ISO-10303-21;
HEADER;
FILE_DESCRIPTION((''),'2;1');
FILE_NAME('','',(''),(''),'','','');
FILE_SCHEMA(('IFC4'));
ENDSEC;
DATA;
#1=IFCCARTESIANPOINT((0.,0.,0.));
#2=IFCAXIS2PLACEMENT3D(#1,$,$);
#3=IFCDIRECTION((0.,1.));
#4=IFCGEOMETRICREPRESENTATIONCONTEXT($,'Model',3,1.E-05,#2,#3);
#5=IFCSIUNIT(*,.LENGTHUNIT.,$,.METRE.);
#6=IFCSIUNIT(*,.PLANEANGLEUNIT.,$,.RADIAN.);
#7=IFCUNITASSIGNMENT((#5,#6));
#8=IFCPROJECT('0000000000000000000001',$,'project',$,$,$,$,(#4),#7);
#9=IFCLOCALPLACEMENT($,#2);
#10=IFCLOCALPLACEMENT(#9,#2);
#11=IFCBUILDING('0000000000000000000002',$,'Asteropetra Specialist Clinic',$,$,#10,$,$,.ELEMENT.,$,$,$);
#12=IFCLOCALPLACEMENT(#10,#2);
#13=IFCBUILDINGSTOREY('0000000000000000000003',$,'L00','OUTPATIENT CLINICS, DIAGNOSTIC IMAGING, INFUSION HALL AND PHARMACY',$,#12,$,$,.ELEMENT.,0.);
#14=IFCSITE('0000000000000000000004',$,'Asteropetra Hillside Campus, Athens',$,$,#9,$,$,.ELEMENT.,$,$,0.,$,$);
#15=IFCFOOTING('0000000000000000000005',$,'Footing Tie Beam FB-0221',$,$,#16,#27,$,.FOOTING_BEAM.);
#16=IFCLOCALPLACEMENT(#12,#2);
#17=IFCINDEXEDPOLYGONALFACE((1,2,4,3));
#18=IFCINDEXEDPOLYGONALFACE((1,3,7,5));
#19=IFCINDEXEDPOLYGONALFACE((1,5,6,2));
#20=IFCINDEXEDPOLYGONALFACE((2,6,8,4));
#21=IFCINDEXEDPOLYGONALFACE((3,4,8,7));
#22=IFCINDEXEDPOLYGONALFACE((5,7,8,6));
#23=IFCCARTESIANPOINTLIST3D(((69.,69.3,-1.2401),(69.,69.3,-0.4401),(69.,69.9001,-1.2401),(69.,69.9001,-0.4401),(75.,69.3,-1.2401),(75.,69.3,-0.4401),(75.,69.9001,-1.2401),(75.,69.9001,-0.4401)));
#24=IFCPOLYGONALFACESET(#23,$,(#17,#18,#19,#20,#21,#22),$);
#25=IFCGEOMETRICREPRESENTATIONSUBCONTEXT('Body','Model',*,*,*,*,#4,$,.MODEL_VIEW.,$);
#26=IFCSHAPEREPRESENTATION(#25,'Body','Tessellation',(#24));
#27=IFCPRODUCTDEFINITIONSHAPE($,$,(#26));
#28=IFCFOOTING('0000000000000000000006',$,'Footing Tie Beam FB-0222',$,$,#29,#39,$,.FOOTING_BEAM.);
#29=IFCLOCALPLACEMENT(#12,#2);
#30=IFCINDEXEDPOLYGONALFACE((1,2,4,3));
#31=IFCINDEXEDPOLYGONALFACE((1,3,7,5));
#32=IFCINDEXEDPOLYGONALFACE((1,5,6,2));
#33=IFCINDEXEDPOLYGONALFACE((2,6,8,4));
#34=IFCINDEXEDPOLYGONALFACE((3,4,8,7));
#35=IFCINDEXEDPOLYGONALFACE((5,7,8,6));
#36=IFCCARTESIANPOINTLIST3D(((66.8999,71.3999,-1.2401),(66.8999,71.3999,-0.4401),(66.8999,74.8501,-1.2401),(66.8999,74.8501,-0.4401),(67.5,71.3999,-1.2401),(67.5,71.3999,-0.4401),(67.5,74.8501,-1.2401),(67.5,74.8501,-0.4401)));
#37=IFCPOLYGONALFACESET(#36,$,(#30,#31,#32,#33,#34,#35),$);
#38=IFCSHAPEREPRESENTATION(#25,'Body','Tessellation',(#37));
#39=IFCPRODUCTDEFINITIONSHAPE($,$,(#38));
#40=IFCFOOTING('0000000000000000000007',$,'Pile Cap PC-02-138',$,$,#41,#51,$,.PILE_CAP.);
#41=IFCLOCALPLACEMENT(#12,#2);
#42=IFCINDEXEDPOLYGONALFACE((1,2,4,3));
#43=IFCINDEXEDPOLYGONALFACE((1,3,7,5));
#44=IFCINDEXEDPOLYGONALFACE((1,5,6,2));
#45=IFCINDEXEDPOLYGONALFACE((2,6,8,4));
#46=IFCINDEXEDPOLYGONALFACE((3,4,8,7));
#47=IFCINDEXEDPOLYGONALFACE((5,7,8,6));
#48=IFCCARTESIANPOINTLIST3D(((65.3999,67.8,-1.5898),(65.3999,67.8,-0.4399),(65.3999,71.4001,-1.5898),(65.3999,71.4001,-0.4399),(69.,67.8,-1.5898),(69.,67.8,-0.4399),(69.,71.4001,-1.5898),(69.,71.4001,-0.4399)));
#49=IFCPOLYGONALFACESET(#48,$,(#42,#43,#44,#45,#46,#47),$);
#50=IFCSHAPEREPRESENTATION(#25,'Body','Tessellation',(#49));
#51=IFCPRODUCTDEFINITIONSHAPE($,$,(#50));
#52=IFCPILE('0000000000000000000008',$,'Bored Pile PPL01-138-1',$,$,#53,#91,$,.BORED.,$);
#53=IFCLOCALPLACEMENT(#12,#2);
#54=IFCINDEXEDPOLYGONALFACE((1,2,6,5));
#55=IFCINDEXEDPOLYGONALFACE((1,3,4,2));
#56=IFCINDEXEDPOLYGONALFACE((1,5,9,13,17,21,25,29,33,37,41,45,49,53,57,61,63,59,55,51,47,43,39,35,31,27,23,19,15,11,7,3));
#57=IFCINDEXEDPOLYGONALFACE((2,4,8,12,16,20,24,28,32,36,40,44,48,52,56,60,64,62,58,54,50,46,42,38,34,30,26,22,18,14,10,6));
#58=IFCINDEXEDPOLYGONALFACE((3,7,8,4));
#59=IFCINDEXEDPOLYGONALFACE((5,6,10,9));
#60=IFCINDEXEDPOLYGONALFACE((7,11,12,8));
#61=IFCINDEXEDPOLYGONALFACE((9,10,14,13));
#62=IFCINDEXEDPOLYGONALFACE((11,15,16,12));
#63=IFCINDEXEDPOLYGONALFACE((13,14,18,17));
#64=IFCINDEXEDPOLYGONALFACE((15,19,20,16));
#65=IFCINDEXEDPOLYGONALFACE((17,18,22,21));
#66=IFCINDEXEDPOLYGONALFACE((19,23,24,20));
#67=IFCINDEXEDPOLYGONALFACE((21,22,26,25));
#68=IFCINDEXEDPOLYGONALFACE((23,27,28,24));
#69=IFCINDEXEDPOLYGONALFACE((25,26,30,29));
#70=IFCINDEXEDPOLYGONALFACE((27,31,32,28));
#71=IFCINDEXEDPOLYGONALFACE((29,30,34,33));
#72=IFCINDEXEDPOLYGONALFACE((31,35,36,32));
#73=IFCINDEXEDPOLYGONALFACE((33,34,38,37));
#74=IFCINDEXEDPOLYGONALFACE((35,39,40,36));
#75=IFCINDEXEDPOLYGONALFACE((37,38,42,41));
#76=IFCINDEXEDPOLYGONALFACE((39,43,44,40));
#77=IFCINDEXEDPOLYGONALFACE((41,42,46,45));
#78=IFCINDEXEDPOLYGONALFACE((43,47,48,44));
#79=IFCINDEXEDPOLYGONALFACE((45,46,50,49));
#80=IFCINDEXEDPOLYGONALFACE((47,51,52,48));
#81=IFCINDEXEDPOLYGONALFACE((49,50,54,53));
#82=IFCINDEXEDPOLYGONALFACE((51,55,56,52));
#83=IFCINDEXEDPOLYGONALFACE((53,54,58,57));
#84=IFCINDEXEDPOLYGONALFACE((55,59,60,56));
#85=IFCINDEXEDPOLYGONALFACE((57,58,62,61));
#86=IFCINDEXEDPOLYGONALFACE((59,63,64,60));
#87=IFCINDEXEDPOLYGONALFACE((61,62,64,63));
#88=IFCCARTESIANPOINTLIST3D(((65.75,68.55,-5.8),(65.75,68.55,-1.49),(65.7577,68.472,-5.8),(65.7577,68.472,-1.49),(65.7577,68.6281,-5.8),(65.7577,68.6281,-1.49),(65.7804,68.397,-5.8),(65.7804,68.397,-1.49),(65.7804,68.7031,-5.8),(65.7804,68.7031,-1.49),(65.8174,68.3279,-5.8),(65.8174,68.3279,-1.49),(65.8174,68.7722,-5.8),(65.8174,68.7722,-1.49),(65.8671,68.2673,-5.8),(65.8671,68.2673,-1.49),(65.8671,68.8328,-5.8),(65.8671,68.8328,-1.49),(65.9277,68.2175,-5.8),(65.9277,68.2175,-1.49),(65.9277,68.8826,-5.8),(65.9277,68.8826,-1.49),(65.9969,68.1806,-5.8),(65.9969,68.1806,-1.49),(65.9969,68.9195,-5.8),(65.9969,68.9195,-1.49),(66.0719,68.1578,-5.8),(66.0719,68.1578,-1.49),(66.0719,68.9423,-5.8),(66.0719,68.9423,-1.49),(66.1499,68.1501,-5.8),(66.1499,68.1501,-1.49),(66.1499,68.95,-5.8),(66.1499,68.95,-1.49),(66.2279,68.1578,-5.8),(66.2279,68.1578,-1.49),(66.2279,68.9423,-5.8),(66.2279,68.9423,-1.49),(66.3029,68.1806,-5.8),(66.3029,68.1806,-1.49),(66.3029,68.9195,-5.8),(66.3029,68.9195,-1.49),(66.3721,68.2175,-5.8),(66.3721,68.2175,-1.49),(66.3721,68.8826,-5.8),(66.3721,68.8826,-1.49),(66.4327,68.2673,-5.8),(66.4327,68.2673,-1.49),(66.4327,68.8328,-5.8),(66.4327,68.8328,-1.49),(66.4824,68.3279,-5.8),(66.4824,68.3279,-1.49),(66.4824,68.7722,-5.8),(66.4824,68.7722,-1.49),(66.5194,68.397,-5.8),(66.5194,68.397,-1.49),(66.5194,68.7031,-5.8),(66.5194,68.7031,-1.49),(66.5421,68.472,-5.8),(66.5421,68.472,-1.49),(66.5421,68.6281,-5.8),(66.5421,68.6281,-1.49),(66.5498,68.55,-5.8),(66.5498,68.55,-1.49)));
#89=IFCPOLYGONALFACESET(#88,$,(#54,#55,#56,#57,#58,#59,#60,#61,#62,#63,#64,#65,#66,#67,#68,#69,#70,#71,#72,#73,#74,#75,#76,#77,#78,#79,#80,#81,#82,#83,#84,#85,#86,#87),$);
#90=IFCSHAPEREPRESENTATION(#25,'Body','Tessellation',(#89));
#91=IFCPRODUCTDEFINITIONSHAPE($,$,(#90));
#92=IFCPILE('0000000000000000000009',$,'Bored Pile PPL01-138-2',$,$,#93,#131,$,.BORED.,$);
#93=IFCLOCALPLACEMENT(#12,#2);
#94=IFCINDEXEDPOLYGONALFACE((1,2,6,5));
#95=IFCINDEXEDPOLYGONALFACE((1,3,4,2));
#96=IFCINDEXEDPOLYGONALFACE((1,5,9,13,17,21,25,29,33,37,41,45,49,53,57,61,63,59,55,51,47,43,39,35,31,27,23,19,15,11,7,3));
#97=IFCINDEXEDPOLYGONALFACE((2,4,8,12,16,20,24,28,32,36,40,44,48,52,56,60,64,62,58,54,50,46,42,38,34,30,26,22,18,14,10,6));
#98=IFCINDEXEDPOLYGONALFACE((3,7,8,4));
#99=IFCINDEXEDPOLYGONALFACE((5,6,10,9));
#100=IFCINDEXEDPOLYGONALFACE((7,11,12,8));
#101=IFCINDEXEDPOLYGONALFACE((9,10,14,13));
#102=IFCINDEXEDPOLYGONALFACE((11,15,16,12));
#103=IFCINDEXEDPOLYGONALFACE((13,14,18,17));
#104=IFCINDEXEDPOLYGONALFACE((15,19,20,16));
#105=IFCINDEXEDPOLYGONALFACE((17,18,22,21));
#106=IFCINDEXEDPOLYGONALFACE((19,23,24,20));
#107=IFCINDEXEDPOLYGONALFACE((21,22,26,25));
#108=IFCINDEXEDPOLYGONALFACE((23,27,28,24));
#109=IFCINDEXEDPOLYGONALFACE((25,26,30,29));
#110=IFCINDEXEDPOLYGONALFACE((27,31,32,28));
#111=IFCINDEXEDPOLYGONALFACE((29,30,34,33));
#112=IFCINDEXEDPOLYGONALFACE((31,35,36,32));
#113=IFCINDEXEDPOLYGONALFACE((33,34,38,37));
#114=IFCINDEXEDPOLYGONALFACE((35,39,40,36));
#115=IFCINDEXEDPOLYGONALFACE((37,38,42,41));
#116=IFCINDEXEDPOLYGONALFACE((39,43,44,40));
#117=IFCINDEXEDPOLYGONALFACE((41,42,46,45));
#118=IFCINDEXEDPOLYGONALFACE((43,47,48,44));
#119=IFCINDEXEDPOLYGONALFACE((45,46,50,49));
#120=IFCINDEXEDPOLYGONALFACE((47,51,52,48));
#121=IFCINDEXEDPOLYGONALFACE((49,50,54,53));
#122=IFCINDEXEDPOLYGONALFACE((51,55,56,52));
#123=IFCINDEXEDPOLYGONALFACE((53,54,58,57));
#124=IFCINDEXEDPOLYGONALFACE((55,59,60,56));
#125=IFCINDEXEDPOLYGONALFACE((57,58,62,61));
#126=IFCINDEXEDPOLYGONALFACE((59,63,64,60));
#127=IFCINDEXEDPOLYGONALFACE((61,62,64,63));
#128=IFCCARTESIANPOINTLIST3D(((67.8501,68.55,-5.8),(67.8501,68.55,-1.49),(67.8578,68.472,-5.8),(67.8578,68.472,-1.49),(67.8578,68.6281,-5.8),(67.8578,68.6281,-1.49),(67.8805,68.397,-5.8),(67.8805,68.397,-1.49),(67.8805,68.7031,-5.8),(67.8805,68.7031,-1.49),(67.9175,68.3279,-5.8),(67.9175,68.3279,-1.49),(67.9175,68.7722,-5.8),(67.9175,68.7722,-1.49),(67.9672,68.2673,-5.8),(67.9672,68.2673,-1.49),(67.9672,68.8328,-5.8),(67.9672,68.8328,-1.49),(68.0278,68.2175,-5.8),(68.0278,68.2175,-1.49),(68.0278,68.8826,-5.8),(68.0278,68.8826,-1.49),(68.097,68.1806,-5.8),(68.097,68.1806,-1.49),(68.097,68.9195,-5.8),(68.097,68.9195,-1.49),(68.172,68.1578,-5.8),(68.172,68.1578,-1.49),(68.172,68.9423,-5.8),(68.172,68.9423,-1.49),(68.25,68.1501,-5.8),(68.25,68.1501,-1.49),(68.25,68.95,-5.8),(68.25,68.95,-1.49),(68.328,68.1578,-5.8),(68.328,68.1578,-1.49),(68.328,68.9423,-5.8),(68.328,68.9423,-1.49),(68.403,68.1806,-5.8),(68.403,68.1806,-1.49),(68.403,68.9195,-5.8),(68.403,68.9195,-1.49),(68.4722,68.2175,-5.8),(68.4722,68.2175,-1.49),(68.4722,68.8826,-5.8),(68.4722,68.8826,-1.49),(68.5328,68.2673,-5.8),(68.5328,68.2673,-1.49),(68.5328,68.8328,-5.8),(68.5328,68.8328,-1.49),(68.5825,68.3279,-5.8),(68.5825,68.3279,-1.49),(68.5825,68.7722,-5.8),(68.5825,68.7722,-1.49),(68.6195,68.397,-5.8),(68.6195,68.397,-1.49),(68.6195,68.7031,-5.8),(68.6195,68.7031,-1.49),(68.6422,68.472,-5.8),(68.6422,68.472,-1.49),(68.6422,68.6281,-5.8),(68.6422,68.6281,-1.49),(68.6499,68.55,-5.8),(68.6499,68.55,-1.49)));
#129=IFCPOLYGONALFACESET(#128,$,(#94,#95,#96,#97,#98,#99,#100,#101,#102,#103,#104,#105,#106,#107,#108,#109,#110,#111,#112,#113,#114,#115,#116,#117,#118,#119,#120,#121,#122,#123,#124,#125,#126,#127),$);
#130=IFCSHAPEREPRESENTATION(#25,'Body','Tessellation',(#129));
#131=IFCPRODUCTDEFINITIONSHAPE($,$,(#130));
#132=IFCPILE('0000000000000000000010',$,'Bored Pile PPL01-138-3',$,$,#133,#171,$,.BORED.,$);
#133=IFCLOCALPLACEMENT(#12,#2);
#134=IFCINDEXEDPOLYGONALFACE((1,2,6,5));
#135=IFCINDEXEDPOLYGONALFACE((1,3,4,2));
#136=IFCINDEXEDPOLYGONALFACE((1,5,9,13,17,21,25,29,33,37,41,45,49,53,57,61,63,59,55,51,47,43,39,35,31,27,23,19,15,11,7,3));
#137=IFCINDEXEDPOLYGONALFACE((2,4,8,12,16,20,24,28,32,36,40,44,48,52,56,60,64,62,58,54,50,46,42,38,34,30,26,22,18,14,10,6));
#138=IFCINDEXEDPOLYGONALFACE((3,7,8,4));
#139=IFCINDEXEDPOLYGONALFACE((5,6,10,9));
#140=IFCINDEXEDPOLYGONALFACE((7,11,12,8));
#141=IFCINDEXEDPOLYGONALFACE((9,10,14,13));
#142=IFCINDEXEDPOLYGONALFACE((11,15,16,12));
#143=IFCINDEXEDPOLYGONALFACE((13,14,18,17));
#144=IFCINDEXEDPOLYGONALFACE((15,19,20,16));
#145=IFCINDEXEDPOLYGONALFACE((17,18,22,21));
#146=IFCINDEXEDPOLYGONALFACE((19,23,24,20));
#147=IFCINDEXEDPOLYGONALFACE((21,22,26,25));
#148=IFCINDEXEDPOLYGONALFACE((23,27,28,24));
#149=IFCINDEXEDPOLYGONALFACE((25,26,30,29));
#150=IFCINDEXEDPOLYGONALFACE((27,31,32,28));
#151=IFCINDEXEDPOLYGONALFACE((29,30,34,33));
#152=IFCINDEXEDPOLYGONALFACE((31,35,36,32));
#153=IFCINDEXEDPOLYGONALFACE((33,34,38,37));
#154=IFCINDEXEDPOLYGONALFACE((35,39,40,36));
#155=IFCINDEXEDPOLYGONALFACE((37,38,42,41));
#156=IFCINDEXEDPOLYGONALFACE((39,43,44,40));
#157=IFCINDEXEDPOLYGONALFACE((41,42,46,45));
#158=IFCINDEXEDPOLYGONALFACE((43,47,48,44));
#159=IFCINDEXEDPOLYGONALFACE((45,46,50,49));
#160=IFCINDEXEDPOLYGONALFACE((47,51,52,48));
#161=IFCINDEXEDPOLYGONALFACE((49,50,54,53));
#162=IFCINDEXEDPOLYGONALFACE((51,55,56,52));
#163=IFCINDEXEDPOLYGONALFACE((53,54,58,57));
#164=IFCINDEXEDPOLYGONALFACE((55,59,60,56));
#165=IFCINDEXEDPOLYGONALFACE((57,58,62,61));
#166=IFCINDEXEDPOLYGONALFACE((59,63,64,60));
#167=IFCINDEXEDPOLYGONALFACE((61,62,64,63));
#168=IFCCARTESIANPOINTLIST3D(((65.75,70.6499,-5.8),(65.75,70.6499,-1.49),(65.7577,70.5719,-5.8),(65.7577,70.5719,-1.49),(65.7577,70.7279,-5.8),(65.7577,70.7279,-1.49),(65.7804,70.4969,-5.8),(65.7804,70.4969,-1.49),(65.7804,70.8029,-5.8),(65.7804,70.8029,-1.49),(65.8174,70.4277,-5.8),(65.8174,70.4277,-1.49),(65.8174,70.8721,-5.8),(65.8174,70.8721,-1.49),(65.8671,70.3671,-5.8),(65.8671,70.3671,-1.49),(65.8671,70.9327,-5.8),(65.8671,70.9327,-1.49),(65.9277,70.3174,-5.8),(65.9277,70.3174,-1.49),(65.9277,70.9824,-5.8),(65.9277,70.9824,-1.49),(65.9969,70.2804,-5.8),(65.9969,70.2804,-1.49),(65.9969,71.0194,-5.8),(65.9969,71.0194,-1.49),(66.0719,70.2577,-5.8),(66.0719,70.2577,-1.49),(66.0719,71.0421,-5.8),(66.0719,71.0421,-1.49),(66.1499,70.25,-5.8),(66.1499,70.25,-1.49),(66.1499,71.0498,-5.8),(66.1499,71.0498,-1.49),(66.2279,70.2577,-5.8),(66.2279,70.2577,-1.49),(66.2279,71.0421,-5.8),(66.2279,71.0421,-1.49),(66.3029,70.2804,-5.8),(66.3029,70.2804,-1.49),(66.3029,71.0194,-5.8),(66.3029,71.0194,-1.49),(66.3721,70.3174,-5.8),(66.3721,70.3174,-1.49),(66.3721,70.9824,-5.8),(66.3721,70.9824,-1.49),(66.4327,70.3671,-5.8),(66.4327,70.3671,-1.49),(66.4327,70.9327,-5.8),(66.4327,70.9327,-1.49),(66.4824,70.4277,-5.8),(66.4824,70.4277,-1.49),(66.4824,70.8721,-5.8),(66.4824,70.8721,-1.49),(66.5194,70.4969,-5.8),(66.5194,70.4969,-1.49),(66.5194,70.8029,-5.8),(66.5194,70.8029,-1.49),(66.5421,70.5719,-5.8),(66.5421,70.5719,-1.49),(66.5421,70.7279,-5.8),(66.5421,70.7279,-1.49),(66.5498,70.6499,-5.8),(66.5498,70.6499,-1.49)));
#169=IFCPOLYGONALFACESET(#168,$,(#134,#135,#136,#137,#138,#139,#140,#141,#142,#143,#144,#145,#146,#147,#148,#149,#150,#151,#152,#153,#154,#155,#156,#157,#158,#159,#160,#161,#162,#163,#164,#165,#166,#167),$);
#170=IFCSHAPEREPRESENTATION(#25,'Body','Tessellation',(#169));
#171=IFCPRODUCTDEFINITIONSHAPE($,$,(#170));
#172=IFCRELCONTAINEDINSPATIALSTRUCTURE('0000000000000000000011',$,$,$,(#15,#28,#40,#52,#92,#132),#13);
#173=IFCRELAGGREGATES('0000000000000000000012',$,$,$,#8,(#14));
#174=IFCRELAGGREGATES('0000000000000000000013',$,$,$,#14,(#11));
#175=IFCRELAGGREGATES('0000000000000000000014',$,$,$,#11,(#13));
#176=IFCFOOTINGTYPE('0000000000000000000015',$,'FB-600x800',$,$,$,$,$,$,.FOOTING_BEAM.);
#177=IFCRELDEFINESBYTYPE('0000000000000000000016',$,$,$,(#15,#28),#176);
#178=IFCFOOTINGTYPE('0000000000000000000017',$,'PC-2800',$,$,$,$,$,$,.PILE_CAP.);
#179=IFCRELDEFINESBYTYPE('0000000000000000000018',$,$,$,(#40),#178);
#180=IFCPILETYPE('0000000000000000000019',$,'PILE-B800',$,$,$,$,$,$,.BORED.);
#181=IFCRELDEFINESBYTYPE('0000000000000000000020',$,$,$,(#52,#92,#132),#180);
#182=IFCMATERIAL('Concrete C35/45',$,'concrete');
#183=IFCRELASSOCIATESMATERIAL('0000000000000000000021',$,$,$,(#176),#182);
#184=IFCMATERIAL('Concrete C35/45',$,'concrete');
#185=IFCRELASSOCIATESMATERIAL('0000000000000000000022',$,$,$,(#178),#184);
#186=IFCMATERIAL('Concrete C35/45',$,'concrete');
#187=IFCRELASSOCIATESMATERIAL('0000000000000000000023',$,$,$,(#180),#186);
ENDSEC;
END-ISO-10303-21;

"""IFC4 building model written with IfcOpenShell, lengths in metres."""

from ifc_helpers import new_model, si_unit, direction, frame, origin, origin_2d, place, context, subcontext, project, spatial, rectangle, circle, extrude, material, material_profile, profile_set, type_object, element, save


model = new_model("IFC4")

# Units and contexts
model_context = context("Model", 3, precision=1e-05, world=origin(), true_north=direction((0.0, 1.0)))
body_context = subcontext(model_context, "Body", "Model", "MODEL_VIEW")
ifc_project = project(units=[si_unit("LENGTHUNIT", "METRE"), si_unit("PLANEANGLEUNIT", "RADIAN")], contexts=[model_context])

# Site, building, storey
site_placement = place(None, origin())
site = spatial("IfcSite", under=ifc_project, at=site_placement, Name="Asteropetra Hillside Campus, Athens", CompositionType="ELEMENT", RefElevation=0.0)
building_placement = place(site_placement, origin())
building = spatial("IfcBuilding", under=site, at=building_placement, Name="Asteropetra Specialist Clinic", CompositionType="ELEMENT")
storey_placement = place(building_placement, origin())
storey = spatial("IfcBuildingStorey", under=building, at=storey_placement, Name="L00", Description="OUTPATIENT CLINICS, DIAGNOSTIC IMAGING, INFUSION HALL AND PHARMACY", CompositionType="ELEMENT", Elevation=0.0)

# Footings
ifc_material_1 = material(Name="Concrete C35/45", Category="concrete")
ifc_material_profile_1 = material_profile(ifc_material_1, rectangle(XDim=0.6001, YDim=0.8, at=origin_2d()), Name="FB 600x800")
ifc_profile_set_1 = profile_set([ifc_material_profile_1], Name="Concrete C35/45")
footing_type_1 = type_object("IfcFootingType", Name="FB-600x800", PredefinedType="FOOTING_BEAM", material=ifc_profile_set_1)
footing_1_placement = place(storey_placement, frame((69.0, 69.6001, -0.8401), z_axis=(1.0, 0.0, 0.0), x_axis=(0.0, 1.0, 0.0)))
element("IfcFooting", 1, at=footing_1_placement, inside=storey, type_object=footing_type_1, Name="Footing Tie Beam FB-0221", PredefinedType="FOOTING_BEAM", context=body_context, shape_type="SweptSolid", body=[
    extrude(rectangle(XDim=0.6001, YDim=0.8, at=origin_2d()), origin(), (0.0, 0.0, 1.0), 6.0),
])
footing_2_placement = place(storey_placement, frame((67.2, 71.3999, -0.8401), z_axis=(0.0, 1.0, 0.0), x_axis=(-1.0, 0.0, 0.0)))
element("IfcFooting", 2, at=footing_2_placement, inside=storey, type_object=footing_type_1, Name="Footing Tie Beam FB-0222", PredefinedType="FOOTING_BEAM", context=body_context, shape_type="SweptSolid", body=[
    extrude(rectangle(XDim=0.6001, YDim=0.8, at=origin_2d()), origin(), (0.0, 0.0, 1.0), 3.4502),
])
ifc_material_2 = material(Name="Concrete C35/45", Category="concrete")
footing_type_2 = type_object("IfcFootingType", Name="PC-2800", PredefinedType="PILE_CAP", material=ifc_material_2)
footing_3_placement = place(storey_placement, frame((67.2, 69.6001, -1.5898), z_axis=(0.0, 0.0, 1.0), x_axis=(1.0, 0.0, 0.0)))
element("IfcFooting", 3, at=footing_3_placement, inside=storey, type_object=footing_type_2, Name="Pile Cap PC-02-138", PredefinedType="PILE_CAP", context=body_context, shape_type="SweptSolid", body=[
    extrude(rectangle(XDim=3.6001, YDim=3.6001, at=origin_2d()), origin(), (0.0, 0.0, 1.0), 1.1499),
])

# Piles
ifc_material_3 = material(Name="Concrete C35/45", Category="concrete")
ifc_material_profile_2 = material_profile(ifc_material_3, circle(Radius=0.3999, at=origin_2d()), Name="PILE D800")
ifc_profile_set_2 = profile_set([ifc_material_profile_2], Name="Concrete C35/45")
pile_type = type_object("IfcPileType", Name="PILE-B800", PredefinedType="BORED", material=ifc_profile_set_2)
for number, where, z_axis, x_axis, name in (
    (4, (66.1499, 68.55, -1.49), (0.0, 0.0, -1.0), (1.0, 0.0, 0.0), "Bored Pile PPL01-138-1"),
    (5, (68.25, 68.55, -1.49), (0.0, 0.0, -1.0), (1.0, 0.0, 0.0), "Bored Pile PPL01-138-2"),
    (6, (66.1499, 70.6499, -1.49), (0.0, 0.0, -1.0), (1.0, 0.0, 0.0), "Bored Pile PPL01-138-3"),
):
    element("IfcPile", number, at=place(storey_placement, frame(where, z_axis=z_axis, x_axis=x_axis)), inside=storey, type_object=pile_type, Name=name, PredefinedType="BORED", context=body_context, shape_type="SweptSolid", body=[
        extrude(circle(Radius=0.3999, at=origin_2d()), origin(), (0.0, 0.0, 1.0), 4.3101),
    ])

save(model, "model.ifc")
